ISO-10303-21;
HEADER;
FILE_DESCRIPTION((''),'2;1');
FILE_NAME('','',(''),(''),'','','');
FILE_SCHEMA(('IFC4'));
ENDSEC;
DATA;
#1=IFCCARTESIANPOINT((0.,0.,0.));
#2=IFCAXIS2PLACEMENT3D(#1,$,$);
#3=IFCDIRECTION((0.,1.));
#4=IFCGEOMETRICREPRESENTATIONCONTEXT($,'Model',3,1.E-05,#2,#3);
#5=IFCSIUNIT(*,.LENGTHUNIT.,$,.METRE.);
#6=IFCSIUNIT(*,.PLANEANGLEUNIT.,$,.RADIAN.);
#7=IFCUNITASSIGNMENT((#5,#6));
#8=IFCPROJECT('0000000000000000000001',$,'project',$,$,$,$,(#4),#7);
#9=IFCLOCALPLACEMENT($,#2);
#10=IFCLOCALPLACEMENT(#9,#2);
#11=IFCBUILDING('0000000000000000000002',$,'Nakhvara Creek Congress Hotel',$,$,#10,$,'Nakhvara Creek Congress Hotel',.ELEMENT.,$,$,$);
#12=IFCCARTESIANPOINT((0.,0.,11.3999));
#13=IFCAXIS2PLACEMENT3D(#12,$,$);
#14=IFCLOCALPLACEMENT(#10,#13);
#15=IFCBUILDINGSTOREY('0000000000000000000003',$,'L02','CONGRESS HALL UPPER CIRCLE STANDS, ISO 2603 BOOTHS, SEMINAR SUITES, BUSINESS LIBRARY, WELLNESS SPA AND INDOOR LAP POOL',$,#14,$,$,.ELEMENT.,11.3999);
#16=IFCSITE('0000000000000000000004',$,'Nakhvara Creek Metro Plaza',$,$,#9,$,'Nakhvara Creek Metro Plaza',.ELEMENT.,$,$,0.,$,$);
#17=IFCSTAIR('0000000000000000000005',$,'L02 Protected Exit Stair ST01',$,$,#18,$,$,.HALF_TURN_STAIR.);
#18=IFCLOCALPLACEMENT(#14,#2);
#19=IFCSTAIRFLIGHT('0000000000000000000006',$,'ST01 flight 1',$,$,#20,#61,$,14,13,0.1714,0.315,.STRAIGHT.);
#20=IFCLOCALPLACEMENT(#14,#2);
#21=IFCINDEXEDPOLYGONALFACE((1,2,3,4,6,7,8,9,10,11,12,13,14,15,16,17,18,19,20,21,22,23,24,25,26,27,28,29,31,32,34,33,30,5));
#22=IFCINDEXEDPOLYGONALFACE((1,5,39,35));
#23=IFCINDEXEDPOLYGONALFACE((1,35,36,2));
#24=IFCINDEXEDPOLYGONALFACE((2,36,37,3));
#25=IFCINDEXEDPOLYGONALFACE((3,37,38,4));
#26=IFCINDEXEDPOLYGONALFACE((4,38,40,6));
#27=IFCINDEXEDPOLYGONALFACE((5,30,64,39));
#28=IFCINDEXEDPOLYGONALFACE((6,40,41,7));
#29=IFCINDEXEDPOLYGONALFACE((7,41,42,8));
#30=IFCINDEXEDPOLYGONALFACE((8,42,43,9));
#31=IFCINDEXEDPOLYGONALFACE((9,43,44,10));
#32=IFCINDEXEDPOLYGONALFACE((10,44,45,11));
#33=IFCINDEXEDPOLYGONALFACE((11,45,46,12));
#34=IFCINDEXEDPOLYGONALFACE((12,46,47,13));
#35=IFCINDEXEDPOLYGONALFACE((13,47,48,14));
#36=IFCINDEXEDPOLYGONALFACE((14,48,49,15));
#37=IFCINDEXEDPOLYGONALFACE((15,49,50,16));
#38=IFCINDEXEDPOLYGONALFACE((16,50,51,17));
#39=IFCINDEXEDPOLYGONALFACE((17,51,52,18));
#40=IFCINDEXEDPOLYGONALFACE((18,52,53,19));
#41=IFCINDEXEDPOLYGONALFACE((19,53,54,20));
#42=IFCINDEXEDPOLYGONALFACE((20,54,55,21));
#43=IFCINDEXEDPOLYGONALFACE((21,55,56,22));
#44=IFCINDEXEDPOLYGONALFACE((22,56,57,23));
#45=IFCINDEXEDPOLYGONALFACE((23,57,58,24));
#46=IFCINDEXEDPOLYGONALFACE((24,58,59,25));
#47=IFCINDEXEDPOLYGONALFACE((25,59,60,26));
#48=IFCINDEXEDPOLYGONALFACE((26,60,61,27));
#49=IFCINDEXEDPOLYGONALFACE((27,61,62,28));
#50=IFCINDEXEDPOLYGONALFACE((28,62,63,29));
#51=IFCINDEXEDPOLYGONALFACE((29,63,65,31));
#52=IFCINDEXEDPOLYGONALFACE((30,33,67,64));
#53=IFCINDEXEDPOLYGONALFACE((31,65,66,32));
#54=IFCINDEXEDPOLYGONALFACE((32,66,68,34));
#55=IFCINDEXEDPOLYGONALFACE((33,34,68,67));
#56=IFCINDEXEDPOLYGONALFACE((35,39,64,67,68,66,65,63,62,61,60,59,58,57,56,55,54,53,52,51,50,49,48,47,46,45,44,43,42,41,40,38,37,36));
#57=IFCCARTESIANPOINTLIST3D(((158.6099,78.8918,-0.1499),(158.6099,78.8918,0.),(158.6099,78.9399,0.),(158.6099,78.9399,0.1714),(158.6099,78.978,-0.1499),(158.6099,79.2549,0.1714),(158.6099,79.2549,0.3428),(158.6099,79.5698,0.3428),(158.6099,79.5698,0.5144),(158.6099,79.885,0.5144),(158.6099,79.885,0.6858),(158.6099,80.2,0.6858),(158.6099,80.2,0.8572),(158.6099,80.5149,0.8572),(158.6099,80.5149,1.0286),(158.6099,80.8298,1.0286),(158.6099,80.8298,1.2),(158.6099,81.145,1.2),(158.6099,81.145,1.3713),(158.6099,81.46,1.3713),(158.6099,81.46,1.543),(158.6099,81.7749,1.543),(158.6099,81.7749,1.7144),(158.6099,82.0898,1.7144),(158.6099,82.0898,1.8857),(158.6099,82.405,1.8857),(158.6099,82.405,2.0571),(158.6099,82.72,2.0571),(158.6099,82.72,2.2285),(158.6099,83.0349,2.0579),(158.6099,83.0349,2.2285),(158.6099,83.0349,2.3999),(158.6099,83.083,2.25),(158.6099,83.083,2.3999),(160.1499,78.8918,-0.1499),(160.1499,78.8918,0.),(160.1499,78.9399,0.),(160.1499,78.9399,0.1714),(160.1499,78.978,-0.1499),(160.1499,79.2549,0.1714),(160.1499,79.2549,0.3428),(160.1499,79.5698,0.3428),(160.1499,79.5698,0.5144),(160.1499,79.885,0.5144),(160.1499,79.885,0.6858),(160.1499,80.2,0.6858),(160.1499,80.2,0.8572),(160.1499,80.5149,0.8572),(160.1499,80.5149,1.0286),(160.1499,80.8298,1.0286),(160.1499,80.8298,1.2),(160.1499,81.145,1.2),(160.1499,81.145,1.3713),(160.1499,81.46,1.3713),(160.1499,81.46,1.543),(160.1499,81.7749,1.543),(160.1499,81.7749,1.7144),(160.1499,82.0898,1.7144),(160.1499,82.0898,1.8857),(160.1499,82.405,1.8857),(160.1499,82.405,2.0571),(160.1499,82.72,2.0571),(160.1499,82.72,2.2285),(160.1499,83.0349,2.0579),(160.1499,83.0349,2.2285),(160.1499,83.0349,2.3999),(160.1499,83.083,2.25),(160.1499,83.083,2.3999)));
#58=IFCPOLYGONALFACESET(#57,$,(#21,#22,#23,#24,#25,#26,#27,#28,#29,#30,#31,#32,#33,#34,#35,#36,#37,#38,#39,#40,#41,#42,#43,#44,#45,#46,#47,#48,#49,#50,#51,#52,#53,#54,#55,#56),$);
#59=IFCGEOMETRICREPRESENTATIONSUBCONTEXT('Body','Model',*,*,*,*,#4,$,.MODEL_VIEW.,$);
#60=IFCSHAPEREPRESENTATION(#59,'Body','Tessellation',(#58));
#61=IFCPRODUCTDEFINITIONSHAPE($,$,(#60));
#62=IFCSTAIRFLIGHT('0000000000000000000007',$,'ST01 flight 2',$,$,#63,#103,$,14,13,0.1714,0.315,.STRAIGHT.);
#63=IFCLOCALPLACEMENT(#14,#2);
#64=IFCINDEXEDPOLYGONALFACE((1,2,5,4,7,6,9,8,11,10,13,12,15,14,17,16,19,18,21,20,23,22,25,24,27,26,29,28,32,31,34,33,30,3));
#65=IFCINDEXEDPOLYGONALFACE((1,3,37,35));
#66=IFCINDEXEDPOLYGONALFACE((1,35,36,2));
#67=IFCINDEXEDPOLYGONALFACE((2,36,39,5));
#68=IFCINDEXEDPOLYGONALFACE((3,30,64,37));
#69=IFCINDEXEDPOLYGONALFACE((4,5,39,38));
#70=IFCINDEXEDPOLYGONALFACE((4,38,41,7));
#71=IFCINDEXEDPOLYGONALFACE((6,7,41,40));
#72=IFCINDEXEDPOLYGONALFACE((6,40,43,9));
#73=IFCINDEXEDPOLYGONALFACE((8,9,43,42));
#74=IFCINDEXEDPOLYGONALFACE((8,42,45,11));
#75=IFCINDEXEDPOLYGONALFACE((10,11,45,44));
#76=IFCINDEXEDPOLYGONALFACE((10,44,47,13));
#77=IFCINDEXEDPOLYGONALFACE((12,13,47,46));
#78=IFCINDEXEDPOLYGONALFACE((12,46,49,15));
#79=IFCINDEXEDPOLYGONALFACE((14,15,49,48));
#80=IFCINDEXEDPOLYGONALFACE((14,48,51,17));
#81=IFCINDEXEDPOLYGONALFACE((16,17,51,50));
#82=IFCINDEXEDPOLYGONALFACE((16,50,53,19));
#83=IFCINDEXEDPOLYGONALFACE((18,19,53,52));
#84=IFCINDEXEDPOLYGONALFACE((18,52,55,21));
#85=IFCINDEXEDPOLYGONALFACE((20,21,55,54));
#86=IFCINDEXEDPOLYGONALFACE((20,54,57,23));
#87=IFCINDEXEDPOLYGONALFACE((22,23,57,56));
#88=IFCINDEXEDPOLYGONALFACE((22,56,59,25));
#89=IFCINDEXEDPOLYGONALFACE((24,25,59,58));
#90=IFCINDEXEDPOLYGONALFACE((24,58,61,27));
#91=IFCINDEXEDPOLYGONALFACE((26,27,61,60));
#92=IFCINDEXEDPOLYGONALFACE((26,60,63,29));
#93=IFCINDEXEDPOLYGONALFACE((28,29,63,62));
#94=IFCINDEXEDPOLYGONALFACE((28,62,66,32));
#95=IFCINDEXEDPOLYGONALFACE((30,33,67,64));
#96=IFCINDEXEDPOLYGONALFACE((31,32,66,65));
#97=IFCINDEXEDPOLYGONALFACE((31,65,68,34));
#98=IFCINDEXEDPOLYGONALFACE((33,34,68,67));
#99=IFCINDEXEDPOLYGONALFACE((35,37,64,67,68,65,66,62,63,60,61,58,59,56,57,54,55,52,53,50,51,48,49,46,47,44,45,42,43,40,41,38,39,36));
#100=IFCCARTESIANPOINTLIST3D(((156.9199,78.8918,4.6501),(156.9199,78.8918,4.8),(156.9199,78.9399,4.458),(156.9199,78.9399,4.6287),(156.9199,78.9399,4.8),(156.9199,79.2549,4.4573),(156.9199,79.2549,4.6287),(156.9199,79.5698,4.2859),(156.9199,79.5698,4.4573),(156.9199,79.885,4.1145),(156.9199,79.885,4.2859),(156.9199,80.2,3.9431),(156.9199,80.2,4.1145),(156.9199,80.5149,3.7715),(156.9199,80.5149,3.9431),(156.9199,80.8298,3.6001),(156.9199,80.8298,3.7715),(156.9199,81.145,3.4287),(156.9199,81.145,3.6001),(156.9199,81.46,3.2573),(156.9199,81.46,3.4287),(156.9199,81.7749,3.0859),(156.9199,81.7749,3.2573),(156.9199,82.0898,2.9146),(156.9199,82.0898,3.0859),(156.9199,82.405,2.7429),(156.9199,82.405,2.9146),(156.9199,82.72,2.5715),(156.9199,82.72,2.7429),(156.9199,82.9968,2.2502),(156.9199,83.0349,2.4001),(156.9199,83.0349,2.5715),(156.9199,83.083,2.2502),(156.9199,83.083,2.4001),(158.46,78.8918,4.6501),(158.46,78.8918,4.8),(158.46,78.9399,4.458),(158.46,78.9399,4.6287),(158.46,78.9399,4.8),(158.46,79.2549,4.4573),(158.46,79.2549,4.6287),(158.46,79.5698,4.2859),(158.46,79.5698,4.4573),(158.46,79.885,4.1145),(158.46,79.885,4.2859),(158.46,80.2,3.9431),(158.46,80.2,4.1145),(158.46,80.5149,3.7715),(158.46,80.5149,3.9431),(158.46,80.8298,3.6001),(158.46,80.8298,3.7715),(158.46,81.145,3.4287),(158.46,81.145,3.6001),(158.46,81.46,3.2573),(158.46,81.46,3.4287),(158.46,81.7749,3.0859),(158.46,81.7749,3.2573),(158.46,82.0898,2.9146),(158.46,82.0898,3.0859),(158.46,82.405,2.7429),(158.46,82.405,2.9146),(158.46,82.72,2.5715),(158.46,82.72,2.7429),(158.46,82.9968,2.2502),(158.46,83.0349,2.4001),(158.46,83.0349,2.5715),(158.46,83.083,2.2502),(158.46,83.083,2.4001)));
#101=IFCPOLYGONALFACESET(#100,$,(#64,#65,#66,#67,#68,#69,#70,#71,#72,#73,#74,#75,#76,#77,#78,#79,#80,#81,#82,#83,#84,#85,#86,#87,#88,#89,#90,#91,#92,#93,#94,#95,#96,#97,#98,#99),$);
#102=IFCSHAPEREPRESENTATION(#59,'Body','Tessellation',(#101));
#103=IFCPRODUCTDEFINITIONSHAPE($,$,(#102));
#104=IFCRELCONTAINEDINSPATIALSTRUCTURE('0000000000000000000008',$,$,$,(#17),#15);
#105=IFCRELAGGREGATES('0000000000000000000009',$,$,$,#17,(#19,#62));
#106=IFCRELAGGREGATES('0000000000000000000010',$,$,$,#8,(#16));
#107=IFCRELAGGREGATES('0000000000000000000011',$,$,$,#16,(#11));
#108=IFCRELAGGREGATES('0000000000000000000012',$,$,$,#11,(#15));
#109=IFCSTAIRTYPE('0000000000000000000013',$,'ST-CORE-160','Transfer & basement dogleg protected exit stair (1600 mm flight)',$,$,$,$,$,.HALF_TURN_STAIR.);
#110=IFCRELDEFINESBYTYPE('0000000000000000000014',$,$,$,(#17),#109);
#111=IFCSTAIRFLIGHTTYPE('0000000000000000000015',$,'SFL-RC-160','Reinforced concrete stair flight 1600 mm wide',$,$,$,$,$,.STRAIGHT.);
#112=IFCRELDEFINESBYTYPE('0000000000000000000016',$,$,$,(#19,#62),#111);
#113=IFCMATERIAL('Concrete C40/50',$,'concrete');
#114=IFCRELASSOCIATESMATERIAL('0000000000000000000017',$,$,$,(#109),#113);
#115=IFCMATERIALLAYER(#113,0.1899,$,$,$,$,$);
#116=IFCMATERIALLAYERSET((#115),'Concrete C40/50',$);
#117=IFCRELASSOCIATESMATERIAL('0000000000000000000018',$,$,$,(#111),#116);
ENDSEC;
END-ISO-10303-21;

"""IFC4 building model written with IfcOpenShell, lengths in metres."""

from ifc_helpers import new_model, si_unit, direction, frame, origin, place, context, subcontext, project, spatial, polyline, outline, extrude, material, layer, layer_set, type_object, element, aggregate, save


model = new_model("IFC4")

# Units and contexts
model_context = context("Model", 3, precision=1e-05, world=origin(), true_north=direction((0.0, 1.0)))
body_context = subcontext(model_context, "Body", "Model", "MODEL_VIEW")
ifc_project = project(units=[si_unit("LENGTHUNIT", "METRE"), si_unit("PLANEANGLEUNIT", "RADIAN")], contexts=[model_context])

# Site, building, storey
site_placement = place(None, origin())
site = spatial("IfcSite", under=ifc_project, at=site_placement, Name="Nakhvara Creek Metro Plaza", LongName="Nakhvara Creek Metro Plaza", CompositionType="ELEMENT", RefElevation=0.0)
building_placement = place(site_placement, origin())
building = spatial("IfcBuilding", under=site, at=building_placement, Name="Nakhvara Creek Congress Hotel", LongName="Nakhvara Creek Congress Hotel", CompositionType="ELEMENT")
storey_placement = place(building_placement, frame((0.0, 0.0, 11.3999)))
storey = spatial("IfcBuildingStorey", under=building, at=storey_placement, Name="L02", Description="CONGRESS HALL UPPER CIRCLE STANDS, ISO 2603 BOOTHS, SEMINAR SUITES, BUSINESS LIBRARY, WELLNESS SPA AND INDOOR LAP POOL", CompositionType="ELEMENT", Elevation=11.3999)

# Shared definitions
ifc_material_1 = material(Name="Concrete C40/50", Category="concrete")

# Stair, stair flights
stair_type = type_object("IfcStairType", Name="ST-CORE-160", Description="Transfer & basement dogleg protected exit stair (1600 mm flight)", PredefinedType="HALF_TURN_STAIR", material=ifc_material_1)
stair_placement = place(storey_placement, origin())
stair = element("IfcStair", 1, at=stair_placement, inside=storey, type_object=stair_type, Name="L02 Protected Exit Stair ST01", PredefinedType="HALF_TURN_STAIR")
ifc_layer_1 = layer(ifc_material_1, 0.1899)
ifc_layer_set_1 = layer_set([ifc_layer_1], Name="Concrete C40/50")
stair_flight_type = type_object("IfcStairFlightType", Name="SFL-RC-160", Description="Reinforced concrete stair flight 1600 mm wide", PredefinedType="STRAIGHT", material=ifc_layer_set_1)
stair_flight_1_placement = place(storey_placement, frame((159.3799, 78.9399, 0.0), z_axis=(0.0, 0.0, 1.0), x_axis=(0.0, 1.0, 0.0)))
stair_flight_1 = element("IfcStairFlight", 2, at=stair_flight_1_placement, type_object=stair_flight_type, Name="ST01 flight 1", NumberOfRisers=14, NumberOfTreads=13, PredefinedType="STRAIGHT", RiserHeight=0.1714, TreadLength=0.315, context=body_context, shape_type="SweptSolid", body=[
    extrude(outline(polyline([(-0.0481, 0.0), (0.0, 0.0), (0.0, 0.1714), (0.3149, 0.1714), (0.3149, 0.3428), (0.6299, 0.3428), (0.6299, 0.5144), (0.9451, 0.5144), (0.9451, 0.6858), (1.26, 0.6858), (1.26, 0.8572), (1.575, 0.8572), (1.575, 1.0286), (1.8899, 1.0286), (1.8899, 1.2), (2.2051, 1.2), (2.2051, 1.3713), (2.52, 1.3713), (2.52, 1.543), (2.835, 1.543), (2.835, 1.7144), (3.1499, 1.7144), (3.1499, 1.8857), (3.4651, 1.8857), (3.4651, 2.0571), (3.78, 2.0571), (3.78, 2.2285), (4.095, 2.2285), (4.095, 2.3999), (4.1431, 2.3999), (4.1431, 2.25), (4.095, 2.0579), (0.0381, -0.1499), (-0.0481, -0.1499), (-0.0481, 0.0)])), frame((0.0, 0.77, 0.0), z_axis=(0.0, -1.0, 0.0), x_axis=(1.0, 0.0, 0.0)), (0.0, 0.0, 1.0), 1.54),
])
stair_flight_2_placement = place(storey_placement, frame((157.6899, 83.0349, 2.4001), z_axis=(0.0, 0.0, 1.0), x_axis=(0.0, -1.0, 0.0)))
stair_flight_2 = element("IfcStairFlight", 3, at=stair_flight_2_placement, type_object=stair_flight_type, Name="ST01 flight 2", NumberOfRisers=14, NumberOfTreads=13, PredefinedType="STRAIGHT", RiserHeight=0.1714, TreadLength=0.315, context=body_context, shape_type="SweptSolid", body=[
    extrude(outline(polyline([(-0.0481, 0.0), (0.0, 0.0), (0.0, 0.1714), (0.3149, 0.1714), (0.3149, 0.3428), (0.6299, 0.3428), (0.6299, 0.5144), (0.9451, 0.5144), (0.9451, 0.6858), (1.26, 0.6858), (1.26, 0.8572), (1.575, 0.8572), (1.575, 1.0286), (1.8899, 1.0286), (1.8899, 1.2), (2.2051, 1.2), (2.2051, 1.3713), (2.52, 1.3713), (2.52, 1.543), (2.835, 1.543), (2.835, 1.7144), (3.1499, 1.7144), (3.1499, 1.8857), (3.4651, 1.8857), (3.4651, 2.0571), (3.78, 2.0571), (3.78, 2.2285), (4.095, 2.2285), (4.095, 2.3999), (4.1431, 2.3999), (4.1431, 2.25), (4.095, 2.0579), (0.0381, -0.1499), (-0.0481, -0.1499), (-0.0481, 0.0)])), frame((0.0, 0.77, 0.0), z_axis=(0.0, -1.0, 0.0), x_axis=(1.0, 0.0, 0.0)), (0.0, 0.0, 1.0), 1.54),
])
aggregate(stair, [stair_flight_1, stair_flight_2])

save(model, "model.ifc")
